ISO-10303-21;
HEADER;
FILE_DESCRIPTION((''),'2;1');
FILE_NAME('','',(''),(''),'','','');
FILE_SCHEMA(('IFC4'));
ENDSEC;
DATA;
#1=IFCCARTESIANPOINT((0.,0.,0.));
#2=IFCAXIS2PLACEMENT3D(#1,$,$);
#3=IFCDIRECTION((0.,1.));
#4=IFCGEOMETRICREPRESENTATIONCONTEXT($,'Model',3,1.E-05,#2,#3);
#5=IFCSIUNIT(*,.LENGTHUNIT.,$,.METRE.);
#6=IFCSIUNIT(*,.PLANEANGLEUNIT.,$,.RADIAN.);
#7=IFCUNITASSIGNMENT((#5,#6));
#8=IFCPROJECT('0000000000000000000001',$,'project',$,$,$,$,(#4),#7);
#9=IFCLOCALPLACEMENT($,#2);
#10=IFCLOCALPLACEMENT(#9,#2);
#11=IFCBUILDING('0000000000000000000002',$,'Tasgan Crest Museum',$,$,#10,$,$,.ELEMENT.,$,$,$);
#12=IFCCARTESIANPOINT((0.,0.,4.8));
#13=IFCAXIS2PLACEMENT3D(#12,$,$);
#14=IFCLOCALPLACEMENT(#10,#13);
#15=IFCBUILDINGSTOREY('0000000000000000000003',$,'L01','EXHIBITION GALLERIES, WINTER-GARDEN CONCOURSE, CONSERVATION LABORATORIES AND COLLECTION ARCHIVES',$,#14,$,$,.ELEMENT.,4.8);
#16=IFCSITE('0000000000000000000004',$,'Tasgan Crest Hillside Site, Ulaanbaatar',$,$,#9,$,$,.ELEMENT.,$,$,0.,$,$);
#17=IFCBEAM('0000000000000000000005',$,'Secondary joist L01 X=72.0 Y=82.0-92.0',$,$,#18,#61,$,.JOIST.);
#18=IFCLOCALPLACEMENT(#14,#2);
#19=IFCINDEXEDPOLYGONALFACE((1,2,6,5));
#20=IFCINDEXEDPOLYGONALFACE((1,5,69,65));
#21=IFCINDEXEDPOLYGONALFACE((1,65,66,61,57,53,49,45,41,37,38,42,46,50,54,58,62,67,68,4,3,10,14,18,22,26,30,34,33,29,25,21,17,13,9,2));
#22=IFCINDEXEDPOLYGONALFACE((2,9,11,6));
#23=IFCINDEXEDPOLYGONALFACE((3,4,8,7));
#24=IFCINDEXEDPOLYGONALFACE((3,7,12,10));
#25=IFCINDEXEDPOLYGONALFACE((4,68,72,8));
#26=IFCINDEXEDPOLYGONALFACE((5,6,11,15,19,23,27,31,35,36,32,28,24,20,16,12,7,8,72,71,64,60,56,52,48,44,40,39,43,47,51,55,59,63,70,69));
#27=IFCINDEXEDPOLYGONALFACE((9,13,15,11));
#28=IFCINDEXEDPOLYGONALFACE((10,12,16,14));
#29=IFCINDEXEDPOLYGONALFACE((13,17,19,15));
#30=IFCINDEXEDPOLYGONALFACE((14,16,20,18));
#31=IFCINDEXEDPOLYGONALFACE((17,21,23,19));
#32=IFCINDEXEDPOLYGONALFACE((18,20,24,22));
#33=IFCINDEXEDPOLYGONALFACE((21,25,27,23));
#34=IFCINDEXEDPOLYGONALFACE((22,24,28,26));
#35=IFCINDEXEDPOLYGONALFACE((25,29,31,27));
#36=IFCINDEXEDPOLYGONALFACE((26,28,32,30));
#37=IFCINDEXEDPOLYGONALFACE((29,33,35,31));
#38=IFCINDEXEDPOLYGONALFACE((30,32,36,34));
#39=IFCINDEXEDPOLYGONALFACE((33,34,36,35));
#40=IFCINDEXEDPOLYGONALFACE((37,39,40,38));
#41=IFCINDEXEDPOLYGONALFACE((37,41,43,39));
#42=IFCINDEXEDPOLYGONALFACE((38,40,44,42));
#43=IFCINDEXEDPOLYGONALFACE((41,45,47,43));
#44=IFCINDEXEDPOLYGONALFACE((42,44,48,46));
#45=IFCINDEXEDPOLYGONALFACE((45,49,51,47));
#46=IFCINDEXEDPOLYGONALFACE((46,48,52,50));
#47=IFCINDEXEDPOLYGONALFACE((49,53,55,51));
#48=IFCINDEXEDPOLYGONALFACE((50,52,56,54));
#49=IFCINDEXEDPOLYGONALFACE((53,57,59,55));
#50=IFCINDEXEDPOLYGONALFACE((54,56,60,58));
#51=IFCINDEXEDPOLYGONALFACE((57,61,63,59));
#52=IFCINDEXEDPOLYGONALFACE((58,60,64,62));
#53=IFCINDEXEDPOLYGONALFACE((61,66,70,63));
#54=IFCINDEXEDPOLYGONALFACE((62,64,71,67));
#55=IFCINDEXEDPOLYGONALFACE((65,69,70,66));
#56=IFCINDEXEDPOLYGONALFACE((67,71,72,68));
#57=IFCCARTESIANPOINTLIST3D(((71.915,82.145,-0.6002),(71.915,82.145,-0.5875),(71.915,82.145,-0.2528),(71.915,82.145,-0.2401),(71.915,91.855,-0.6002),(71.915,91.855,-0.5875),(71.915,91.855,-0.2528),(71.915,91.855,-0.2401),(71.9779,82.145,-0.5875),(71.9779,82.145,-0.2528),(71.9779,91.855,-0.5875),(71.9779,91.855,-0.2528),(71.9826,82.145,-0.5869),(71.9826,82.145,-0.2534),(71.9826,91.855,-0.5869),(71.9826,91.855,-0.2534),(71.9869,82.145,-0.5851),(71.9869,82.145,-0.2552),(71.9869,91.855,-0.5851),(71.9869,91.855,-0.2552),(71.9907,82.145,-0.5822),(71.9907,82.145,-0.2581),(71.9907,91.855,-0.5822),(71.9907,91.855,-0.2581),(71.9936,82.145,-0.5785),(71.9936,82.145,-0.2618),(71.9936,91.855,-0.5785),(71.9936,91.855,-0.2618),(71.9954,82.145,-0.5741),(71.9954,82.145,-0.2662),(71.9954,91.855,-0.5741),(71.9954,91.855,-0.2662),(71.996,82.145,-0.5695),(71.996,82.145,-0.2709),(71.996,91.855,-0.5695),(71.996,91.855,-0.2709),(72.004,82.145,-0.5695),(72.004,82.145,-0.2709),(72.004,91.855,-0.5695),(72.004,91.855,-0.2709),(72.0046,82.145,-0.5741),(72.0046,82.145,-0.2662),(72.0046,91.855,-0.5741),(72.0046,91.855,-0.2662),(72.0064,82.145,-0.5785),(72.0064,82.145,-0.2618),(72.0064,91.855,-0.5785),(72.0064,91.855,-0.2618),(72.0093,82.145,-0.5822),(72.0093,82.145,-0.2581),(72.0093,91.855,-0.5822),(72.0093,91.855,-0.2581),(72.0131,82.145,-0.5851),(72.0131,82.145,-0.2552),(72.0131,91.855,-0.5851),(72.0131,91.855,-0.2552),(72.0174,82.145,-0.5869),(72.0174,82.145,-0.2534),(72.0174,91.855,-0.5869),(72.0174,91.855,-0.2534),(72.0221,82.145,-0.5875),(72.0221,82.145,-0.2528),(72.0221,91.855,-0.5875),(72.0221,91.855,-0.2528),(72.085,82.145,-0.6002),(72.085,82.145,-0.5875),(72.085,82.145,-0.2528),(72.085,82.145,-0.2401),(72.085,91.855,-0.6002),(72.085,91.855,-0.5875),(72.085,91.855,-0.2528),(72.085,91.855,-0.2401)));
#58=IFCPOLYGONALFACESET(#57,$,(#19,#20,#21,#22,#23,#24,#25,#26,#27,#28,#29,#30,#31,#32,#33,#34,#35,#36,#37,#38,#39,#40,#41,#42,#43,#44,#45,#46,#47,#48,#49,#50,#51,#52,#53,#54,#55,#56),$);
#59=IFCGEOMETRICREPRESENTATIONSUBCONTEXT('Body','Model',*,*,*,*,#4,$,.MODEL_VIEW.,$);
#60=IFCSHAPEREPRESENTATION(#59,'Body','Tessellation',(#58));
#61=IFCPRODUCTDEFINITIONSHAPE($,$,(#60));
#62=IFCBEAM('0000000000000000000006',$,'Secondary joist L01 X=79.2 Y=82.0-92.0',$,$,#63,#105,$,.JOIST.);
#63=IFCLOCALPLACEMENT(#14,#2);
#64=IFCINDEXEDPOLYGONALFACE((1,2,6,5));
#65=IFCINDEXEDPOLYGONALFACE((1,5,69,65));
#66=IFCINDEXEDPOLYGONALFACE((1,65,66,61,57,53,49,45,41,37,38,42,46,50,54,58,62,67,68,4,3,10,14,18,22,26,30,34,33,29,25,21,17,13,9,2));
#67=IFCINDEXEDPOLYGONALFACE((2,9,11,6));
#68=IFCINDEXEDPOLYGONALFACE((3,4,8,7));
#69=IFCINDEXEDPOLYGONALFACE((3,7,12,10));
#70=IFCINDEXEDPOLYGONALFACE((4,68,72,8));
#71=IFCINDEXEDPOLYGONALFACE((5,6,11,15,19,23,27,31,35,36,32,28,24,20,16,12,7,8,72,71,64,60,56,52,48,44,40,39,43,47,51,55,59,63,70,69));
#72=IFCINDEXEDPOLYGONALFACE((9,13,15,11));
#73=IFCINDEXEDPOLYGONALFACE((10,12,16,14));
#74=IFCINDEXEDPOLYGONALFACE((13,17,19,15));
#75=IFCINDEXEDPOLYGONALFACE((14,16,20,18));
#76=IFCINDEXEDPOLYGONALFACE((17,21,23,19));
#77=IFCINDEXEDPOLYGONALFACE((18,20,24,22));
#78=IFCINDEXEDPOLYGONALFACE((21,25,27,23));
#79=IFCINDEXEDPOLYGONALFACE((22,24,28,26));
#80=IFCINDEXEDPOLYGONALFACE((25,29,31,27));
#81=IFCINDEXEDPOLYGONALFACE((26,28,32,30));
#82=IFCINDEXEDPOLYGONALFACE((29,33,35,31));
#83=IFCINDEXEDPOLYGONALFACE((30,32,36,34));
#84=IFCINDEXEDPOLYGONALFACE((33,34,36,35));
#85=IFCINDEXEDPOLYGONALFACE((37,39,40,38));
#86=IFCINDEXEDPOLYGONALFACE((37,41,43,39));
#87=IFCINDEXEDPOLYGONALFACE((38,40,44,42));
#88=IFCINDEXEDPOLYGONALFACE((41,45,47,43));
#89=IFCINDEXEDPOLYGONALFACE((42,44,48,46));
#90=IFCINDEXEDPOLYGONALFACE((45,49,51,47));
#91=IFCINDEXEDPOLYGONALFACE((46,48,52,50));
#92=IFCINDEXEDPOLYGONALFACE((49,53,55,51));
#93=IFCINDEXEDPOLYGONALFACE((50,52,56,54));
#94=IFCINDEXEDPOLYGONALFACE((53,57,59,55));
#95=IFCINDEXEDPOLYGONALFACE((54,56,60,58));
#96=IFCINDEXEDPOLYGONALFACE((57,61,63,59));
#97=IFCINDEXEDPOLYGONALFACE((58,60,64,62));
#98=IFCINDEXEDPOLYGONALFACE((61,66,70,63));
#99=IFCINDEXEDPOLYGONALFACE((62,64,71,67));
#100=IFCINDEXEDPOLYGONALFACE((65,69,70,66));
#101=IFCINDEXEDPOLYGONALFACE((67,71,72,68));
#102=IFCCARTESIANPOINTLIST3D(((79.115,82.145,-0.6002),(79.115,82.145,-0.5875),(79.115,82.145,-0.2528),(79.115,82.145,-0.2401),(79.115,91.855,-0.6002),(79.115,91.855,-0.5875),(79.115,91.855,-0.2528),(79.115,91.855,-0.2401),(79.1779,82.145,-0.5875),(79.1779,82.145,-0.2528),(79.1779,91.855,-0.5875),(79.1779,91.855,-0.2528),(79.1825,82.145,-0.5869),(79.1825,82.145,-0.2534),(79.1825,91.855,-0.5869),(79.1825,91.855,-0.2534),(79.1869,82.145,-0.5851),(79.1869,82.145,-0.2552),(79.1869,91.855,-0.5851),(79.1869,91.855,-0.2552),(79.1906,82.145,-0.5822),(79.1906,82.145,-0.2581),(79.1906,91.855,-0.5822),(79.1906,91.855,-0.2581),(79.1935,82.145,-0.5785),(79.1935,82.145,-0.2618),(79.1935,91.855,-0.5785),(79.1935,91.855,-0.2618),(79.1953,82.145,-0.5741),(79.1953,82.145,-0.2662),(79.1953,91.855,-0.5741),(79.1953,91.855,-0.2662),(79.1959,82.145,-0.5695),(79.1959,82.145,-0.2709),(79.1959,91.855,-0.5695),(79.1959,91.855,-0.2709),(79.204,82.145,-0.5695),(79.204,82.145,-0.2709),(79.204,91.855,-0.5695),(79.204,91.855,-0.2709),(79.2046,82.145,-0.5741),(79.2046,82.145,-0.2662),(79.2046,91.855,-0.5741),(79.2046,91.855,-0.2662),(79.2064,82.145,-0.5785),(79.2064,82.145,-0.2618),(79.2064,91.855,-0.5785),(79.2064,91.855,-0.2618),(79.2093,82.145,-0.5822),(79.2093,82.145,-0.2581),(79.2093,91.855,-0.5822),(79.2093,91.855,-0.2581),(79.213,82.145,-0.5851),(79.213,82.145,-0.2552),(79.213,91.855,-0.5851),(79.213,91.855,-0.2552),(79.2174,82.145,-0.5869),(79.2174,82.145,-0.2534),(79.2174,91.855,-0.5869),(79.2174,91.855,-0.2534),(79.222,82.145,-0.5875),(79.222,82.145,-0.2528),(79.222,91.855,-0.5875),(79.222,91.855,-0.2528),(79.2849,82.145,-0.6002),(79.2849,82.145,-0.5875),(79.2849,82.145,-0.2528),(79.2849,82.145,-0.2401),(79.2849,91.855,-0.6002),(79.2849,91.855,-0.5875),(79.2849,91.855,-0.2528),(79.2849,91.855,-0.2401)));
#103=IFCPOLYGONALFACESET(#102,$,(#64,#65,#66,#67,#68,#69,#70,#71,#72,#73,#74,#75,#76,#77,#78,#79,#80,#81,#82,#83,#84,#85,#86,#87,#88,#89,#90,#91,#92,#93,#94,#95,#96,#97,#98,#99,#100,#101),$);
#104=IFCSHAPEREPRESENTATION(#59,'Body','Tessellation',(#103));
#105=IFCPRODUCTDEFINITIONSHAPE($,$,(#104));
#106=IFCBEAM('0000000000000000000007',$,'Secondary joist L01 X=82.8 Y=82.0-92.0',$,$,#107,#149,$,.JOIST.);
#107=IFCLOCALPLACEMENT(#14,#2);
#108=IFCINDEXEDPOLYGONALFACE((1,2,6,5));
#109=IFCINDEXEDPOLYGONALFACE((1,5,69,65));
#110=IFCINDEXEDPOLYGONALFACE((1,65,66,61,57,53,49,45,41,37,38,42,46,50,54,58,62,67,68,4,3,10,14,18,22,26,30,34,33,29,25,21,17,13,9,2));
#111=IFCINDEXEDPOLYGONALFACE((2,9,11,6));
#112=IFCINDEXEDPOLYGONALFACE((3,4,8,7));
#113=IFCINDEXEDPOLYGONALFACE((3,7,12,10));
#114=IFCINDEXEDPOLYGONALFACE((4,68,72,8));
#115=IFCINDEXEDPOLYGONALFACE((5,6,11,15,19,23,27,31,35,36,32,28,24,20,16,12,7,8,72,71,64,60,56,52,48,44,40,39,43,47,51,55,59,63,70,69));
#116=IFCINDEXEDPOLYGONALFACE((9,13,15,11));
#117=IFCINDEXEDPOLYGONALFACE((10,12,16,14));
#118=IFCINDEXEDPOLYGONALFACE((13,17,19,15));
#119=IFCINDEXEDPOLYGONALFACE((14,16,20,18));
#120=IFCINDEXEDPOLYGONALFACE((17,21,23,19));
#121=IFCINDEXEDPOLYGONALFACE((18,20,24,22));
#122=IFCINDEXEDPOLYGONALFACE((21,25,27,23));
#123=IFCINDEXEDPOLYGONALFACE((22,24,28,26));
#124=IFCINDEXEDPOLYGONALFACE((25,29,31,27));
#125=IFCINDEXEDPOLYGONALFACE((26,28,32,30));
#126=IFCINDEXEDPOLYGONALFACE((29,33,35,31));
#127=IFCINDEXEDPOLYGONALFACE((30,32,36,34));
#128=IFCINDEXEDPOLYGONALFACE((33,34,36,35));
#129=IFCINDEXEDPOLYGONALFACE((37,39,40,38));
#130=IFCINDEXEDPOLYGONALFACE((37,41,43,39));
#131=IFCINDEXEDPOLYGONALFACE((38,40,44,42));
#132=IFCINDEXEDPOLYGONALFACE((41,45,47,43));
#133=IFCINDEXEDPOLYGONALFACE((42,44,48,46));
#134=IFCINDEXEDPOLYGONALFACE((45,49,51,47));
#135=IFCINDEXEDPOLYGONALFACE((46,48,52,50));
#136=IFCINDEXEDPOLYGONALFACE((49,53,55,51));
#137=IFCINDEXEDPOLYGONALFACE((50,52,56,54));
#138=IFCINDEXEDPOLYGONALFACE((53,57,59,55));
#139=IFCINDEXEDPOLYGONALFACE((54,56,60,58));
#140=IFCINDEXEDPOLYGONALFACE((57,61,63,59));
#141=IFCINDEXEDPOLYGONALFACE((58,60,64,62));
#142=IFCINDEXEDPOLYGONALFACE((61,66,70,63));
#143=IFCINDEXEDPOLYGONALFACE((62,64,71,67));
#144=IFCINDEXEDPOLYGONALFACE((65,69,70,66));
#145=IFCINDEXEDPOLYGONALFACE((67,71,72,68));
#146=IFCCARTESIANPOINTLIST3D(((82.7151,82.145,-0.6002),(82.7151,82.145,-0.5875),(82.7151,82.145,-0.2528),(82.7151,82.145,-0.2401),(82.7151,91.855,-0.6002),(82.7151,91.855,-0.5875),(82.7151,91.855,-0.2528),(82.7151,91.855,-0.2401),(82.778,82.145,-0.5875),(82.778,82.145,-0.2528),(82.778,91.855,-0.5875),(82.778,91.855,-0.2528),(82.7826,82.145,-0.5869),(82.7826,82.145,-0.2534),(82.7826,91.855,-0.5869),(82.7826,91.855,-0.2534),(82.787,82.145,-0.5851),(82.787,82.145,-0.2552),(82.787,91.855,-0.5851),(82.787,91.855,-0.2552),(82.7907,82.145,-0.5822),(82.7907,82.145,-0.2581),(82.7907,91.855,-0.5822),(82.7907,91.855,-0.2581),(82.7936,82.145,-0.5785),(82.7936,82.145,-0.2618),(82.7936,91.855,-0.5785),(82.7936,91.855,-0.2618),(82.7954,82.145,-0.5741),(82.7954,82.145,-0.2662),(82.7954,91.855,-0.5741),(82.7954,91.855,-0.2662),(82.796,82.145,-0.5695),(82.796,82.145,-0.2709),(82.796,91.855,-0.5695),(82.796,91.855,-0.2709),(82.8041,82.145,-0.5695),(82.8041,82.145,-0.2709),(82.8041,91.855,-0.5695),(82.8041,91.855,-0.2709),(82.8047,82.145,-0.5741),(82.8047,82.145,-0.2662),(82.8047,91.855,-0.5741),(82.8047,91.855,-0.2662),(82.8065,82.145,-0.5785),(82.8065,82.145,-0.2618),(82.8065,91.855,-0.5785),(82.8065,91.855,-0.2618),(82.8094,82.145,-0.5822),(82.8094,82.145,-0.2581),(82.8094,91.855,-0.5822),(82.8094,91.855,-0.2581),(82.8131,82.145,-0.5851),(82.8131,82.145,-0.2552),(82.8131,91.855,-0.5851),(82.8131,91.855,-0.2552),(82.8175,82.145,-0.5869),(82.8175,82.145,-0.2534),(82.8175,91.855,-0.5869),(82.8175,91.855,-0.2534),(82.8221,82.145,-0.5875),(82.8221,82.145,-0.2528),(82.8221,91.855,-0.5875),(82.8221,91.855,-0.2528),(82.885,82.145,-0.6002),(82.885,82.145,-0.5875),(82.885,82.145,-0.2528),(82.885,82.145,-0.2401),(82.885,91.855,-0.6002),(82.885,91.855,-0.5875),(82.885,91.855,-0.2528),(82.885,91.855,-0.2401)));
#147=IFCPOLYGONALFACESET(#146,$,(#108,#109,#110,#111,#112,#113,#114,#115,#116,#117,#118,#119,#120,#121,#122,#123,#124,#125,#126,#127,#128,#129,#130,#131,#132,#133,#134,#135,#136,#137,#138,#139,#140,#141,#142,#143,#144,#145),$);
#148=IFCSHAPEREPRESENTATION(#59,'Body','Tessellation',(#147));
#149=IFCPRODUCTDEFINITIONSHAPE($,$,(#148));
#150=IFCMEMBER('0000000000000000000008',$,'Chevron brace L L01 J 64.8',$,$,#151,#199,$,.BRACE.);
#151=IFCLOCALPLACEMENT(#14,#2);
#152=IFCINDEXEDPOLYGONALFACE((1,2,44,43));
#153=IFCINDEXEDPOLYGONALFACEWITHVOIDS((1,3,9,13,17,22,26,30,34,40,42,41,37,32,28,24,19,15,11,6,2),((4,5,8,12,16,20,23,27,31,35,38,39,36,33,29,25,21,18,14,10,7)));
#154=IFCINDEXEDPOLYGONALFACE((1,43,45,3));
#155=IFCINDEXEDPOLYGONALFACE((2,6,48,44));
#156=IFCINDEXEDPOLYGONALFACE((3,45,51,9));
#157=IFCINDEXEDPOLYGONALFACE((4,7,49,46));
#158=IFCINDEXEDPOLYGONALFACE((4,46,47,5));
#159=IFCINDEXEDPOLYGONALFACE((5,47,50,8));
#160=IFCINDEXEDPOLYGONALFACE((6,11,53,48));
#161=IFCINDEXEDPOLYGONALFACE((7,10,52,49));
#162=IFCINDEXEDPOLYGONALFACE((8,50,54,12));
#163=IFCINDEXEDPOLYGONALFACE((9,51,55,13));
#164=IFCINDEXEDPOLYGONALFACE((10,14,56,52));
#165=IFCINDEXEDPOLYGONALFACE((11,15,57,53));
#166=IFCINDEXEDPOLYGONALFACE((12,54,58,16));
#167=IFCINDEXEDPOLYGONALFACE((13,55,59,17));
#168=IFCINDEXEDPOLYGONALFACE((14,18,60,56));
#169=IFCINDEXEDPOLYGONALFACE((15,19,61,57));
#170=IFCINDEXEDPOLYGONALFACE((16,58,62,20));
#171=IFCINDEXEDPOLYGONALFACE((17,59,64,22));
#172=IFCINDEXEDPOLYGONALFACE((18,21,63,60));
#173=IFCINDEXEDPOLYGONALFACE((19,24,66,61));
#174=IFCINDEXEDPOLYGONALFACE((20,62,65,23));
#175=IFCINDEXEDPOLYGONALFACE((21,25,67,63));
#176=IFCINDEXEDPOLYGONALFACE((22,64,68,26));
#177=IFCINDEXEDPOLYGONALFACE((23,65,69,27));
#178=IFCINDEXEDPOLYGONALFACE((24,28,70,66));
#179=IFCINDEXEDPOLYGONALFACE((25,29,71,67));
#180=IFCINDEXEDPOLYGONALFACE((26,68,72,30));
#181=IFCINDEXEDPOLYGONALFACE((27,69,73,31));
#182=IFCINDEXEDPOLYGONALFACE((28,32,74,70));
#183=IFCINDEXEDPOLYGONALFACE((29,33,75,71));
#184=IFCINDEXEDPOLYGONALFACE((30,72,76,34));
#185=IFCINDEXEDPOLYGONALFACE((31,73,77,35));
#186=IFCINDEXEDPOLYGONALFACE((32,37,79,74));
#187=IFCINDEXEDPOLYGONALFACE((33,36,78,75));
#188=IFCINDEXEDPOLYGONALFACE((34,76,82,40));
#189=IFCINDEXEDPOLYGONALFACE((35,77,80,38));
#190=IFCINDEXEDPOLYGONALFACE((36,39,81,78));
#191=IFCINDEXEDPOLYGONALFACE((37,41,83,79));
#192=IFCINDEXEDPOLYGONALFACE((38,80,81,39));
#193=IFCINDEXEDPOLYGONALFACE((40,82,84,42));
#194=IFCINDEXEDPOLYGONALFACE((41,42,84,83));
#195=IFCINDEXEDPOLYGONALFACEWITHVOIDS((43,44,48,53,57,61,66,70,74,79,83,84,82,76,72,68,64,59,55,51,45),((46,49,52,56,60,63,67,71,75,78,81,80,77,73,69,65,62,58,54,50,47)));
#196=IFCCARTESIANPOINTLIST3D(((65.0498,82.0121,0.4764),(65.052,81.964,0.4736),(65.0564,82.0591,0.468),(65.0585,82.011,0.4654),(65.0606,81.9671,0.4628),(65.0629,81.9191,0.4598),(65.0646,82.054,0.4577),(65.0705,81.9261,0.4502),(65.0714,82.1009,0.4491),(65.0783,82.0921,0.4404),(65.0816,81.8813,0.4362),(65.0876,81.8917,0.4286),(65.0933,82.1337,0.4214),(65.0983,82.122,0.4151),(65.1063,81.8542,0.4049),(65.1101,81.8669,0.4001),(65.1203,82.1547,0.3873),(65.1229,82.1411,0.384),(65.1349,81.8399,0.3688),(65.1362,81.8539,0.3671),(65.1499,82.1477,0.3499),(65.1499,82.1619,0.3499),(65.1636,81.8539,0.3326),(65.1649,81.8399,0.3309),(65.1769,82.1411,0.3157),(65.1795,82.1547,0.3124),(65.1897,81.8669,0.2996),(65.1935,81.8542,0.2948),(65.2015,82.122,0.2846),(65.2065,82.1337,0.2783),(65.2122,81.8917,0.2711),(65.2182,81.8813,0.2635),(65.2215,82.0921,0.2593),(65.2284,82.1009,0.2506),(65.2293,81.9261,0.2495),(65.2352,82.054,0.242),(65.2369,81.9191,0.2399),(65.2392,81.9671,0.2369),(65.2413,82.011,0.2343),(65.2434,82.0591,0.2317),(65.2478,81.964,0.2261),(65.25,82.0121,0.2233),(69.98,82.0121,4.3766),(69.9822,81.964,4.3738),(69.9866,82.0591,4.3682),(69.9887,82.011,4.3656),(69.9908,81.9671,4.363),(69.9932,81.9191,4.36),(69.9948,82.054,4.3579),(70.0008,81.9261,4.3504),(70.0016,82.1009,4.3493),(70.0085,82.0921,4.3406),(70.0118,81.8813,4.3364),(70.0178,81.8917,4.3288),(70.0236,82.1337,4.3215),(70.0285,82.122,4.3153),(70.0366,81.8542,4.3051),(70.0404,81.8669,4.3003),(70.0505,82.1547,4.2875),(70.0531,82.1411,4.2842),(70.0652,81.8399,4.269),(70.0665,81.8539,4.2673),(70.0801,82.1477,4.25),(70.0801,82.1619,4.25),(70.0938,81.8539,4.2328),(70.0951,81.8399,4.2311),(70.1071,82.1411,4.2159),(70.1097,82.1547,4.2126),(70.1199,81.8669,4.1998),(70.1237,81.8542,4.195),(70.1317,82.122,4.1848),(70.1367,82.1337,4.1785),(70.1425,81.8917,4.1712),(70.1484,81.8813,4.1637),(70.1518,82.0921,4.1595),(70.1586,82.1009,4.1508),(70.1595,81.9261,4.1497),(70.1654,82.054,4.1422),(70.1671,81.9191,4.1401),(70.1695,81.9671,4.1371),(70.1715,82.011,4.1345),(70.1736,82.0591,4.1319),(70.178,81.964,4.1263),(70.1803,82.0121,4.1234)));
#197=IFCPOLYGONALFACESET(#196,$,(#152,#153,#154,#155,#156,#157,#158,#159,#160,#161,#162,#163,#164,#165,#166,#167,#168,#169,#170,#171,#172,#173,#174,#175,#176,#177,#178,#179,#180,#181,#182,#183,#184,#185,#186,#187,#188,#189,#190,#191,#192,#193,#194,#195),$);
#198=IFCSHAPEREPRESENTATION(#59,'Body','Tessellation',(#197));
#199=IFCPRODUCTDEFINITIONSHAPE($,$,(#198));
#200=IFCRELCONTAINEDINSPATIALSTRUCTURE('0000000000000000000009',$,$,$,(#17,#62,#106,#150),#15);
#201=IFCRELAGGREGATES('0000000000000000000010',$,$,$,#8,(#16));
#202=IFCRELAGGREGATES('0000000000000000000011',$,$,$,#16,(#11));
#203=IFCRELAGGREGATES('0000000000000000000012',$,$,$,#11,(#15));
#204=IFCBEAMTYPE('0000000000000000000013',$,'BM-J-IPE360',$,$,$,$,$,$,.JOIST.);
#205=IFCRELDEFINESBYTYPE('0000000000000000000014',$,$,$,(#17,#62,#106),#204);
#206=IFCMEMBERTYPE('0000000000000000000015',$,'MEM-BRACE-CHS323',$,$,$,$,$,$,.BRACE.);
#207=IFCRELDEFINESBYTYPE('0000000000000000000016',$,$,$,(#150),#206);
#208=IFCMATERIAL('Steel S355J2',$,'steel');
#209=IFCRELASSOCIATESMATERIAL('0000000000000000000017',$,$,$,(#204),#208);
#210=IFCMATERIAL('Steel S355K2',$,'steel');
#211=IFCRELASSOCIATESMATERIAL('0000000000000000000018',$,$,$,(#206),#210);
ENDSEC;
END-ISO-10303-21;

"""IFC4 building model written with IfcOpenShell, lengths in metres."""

from ifc_helpers import new_model, si_unit, direction, frame, origin, origin_2d, place, context, subcontext, project, spatial, hollow_circle, i_section, extrude, material, material_profile, profile_set, type_object, element, save


model = new_model("IFC4")

# Units and contexts
model_context = context("Model", 3, precision=1e-05, world=origin(), true_north=direction((0.0, 1.0)))
body_context = subcontext(model_context, "Body", "Model", "MODEL_VIEW")
ifc_project = project(units=[si_unit("LENGTHUNIT", "METRE"), si_unit("PLANEANGLEUNIT", "RADIAN")], contexts=[model_context])

# Site, building, storey
site_placement = place(None, origin())
site = spatial("IfcSite", under=ifc_project, at=site_placement, Name="Tasgan Crest Hillside Site, Ulaanbaatar", CompositionType="ELEMENT", RefElevation=0.0)
building_placement = place(site_placement, origin())
building = spatial("IfcBuilding", under=site, at=building_placement, Name="Tasgan Crest Museum", CompositionType="ELEMENT")
storey_placement = place(building_placement, frame((0.0, 0.0, 4.8)))
storey = spatial("IfcBuildingStorey", under=building, at=storey_placement, Name="L01", Description="EXHIBITION GALLERIES, WINTER-GARDEN CONCOURSE, CONSERVATION LABORATORIES AND COLLECTION ARCHIVES", CompositionType="ELEMENT", Elevation=4.8)

# Beams
ifc_material_1 = material(Name="Steel S355J2", Category="steel")
ifc_material_profile_1 = material_profile(ifc_material_1, i_section(OverallWidth=0.1699, OverallDepth=0.3601, WebThickness=0.0081, FlangeThickness=0.0127, FilletRadius=0.0181, at=origin_2d()), Name="IPE 360")
ifc_profile_set_1 = profile_set([ifc_material_profile_1], Name="Steel S355J2")
beam_type_1 = type_object("IfcBeamType", Name="BM-J-IPE360", PredefinedType="JOIST", material=ifc_profile_set_1)
for number, where, z_axis, x_axis, name in (
    (1, (72.0, 82.145, -0.4202), (0.0, 1.0, 0.0), (-1.0, 0.0, 0.0), "Secondary joist L01 X=72.0 Y=82.0-92.0"),
    (2, (79.2, 82.145, -0.4202), (0.0, 1.0, 0.0), (-1.0, 0.0, 0.0), "Secondary joist L01 X=79.2 Y=82.0-92.0"),
    (3, (82.8, 82.145, -0.4202), (0.0, 1.0, 0.0), (-1.0, 0.0, 0.0), "Secondary joist L01 X=82.8 Y=82.0-92.0"),
):
    element("IfcBeam", number, at=place(storey_placement, frame(where, z_axis=z_axis, x_axis=x_axis)), inside=storey, type_object=beam_type_1, Name=name, PredefinedType="JOIST", context=body_context, shape_type="SweptSolid", body=[
        extrude(i_section(OverallWidth=0.1699, OverallDepth=0.3601, WebThickness=0.0081, FlangeThickness=0.0127, FilletRadius=0.0181, at=origin_2d()), origin(), (0.0, 0.0, 1.0), 9.71),
    ])

# Member
ifc_material_2 = material(Name="Steel S355K2", Category="steel")
ifc_material_profile_2 = material_profile(ifc_material_2, hollow_circle(Radius=0.1619, WallThickness=0.0142, at=origin_2d()), Name="CHS 323.9x14.2")
ifc_profile_set_2 = profile_set([ifc_material_profile_2], Name="Steel S355K2")
member_type = type_object("IfcMemberType", Name="MEM-BRACE-CHS323", PredefinedType="BRACE", material=ifc_profile_set_2)
member_1_placement = place(storey_placement, frame((65.1499, 82.0, 0.3499), z_axis=(0.784271, 0.0, 0.620418), x_axis=(0.0, 1.0, 0.0)))
element("IfcMember", 4, at=member_1_placement, inside=storey, type_object=member_type, Name="Chevron brace L L01 J 64.8", PredefinedType="BRACE", context=body_context, shape_type="SweptSolid", body=[
    extrude(hollow_circle(Radius=0.1619, WallThickness=0.0142, at=origin_2d()), origin(), (0.0, 0.0, 1.0), 6.2864),
])

save(model, "model.ifc")
